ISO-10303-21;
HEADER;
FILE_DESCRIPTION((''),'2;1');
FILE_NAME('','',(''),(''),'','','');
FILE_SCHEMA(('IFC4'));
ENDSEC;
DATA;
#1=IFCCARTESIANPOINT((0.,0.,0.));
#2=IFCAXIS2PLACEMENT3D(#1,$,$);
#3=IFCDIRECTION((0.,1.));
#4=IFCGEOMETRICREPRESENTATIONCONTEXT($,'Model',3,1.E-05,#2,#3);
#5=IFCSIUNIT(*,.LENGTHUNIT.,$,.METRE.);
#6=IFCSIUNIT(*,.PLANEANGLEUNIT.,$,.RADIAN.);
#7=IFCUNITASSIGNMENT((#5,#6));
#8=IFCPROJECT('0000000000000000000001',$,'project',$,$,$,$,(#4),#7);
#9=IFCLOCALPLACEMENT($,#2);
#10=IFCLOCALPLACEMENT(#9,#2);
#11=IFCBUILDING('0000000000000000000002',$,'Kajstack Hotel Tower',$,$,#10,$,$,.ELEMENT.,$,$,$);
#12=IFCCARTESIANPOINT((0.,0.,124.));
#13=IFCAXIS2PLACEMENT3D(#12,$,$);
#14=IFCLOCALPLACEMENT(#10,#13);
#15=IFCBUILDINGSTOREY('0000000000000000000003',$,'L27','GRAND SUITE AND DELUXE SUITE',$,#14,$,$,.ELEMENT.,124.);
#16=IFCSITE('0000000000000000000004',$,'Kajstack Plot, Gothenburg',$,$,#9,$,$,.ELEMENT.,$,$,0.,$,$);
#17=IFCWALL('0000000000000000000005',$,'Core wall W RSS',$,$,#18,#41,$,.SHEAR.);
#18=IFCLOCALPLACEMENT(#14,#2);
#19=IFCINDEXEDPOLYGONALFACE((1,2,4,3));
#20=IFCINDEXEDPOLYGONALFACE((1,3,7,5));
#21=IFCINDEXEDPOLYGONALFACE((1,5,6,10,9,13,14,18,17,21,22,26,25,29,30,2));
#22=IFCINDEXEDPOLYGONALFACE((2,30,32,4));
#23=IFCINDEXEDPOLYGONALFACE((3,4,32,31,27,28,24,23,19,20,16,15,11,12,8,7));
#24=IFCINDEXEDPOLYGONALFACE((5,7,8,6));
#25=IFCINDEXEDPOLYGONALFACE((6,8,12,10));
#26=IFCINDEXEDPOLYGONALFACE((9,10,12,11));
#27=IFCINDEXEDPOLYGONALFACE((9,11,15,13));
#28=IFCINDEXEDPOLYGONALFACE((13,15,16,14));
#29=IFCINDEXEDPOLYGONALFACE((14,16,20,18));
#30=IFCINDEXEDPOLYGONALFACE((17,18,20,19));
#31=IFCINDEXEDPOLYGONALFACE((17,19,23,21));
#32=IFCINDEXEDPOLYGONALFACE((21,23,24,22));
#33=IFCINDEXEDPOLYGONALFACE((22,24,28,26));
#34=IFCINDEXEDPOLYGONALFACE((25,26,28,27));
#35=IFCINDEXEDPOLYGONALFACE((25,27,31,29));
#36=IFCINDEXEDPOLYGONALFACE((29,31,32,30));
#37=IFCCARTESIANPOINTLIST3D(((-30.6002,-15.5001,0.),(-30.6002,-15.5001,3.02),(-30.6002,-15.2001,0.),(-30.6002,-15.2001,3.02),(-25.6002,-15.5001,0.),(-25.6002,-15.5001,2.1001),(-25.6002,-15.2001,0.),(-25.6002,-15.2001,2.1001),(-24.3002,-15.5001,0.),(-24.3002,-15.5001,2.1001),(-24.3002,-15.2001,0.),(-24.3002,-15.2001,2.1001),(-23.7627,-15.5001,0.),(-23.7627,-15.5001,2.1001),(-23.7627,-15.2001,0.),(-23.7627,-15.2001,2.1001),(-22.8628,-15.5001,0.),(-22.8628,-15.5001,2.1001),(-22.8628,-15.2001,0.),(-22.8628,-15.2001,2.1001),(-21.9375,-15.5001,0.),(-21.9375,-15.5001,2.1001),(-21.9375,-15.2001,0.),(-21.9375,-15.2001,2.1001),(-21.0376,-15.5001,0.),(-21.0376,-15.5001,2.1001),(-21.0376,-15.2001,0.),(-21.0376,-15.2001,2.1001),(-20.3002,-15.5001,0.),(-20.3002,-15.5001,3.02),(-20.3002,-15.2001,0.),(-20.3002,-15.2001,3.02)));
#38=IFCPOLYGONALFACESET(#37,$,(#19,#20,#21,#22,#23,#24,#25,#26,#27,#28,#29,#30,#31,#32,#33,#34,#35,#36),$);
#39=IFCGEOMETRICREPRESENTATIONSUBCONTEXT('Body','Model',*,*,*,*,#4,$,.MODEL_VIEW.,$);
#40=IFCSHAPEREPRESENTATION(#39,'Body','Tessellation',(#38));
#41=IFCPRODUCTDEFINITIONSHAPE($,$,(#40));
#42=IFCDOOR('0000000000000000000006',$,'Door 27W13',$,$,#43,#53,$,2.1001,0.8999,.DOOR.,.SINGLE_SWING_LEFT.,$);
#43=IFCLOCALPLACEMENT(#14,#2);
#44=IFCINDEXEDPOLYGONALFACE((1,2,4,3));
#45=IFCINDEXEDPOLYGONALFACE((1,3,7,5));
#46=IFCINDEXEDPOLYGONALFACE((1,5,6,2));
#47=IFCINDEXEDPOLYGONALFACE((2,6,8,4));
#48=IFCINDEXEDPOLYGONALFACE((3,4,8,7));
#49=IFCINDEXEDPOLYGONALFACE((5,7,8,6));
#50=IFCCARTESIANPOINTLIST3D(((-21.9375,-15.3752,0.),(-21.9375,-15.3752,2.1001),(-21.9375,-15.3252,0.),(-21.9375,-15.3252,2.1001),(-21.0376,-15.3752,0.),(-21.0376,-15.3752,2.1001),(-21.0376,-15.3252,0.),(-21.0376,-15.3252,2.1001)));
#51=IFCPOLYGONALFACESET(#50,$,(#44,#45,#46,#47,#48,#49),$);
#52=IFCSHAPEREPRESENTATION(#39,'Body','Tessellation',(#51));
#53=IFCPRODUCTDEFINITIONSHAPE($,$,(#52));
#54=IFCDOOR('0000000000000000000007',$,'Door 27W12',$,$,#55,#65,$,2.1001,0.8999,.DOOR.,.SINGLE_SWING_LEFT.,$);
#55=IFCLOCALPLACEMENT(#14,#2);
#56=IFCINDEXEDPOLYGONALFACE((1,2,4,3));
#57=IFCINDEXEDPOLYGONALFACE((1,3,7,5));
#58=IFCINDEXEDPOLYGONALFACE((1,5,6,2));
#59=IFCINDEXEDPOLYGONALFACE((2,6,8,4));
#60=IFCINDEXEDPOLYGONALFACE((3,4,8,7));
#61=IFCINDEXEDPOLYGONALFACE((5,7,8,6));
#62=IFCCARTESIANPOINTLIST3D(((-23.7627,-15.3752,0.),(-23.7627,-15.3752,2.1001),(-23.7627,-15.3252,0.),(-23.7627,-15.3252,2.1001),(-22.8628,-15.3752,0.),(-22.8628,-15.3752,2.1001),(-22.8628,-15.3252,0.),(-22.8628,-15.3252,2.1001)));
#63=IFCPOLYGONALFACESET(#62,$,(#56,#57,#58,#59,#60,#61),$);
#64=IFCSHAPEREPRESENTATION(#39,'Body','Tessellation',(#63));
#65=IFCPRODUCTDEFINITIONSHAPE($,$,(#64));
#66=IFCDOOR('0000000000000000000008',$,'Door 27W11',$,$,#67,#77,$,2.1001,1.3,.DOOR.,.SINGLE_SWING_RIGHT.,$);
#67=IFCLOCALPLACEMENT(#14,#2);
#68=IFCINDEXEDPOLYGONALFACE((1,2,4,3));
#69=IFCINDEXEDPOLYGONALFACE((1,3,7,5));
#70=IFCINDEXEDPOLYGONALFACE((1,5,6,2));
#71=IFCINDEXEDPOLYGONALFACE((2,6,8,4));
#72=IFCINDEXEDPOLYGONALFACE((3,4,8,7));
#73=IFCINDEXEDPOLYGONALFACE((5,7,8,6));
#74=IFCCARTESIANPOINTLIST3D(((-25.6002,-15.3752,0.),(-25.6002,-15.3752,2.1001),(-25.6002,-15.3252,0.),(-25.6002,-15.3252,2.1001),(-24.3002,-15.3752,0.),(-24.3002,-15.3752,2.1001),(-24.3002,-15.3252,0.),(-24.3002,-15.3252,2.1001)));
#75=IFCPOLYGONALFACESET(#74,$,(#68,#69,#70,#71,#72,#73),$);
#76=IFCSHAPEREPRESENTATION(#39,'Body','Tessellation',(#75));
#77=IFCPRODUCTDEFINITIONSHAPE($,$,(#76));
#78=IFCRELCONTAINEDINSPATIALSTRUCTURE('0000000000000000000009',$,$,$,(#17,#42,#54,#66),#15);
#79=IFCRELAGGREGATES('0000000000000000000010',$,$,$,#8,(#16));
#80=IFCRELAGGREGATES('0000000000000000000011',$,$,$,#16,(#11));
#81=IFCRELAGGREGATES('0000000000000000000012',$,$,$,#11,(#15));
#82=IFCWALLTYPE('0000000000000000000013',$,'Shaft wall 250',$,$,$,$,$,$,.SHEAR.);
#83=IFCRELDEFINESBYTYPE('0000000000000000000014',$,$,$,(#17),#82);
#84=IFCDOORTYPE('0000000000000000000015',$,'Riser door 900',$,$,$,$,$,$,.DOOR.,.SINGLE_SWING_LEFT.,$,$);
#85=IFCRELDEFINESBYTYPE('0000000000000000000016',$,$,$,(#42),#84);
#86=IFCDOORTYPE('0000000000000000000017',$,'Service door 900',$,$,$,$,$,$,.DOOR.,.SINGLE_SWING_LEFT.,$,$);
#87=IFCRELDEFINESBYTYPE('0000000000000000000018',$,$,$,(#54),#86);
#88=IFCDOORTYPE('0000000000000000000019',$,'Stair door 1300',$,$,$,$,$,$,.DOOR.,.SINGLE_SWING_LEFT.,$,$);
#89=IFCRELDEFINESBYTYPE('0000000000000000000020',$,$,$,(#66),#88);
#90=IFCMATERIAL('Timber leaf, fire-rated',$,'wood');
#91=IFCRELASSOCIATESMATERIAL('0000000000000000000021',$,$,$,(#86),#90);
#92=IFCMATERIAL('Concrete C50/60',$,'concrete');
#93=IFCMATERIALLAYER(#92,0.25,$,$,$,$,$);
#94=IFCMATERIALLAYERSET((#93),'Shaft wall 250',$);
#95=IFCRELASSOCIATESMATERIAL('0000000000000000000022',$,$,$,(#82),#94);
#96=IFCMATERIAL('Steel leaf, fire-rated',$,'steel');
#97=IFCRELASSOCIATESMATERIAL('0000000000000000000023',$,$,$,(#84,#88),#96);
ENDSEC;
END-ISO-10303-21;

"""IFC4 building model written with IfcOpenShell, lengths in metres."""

from ifc_helpers import new_model, si_unit, direction, frame, frame_2d, origin, place, context, subcontext, project, spatial, rectangle, extrude, material, layer, layer_set, type_object, element, fill, save


model = new_model("IFC4")

# Units and contexts
model_context = context("Model", 3, precision=1e-05, world=origin(), true_north=direction((0.0, 1.0)))
body_context = subcontext(model_context, "Body", "Model", "MODEL_VIEW")
ifc_project = project(units=[si_unit("LENGTHUNIT", "METRE"), si_unit("PLANEANGLEUNIT", "RADIAN")], contexts=[model_context])

# Site, building, storey
site_placement = place(None, origin())
site = spatial("IfcSite", under=ifc_project, at=site_placement, Name="Kajstack Plot, Gothenburg", CompositionType="ELEMENT", RefElevation=0.0)
building_placement = place(site_placement, origin())
building = spatial("IfcBuilding", under=site, at=building_placement, Name="Kajstack Hotel Tower", CompositionType="ELEMENT")
storey_placement = place(building_placement, frame((0.0, 0.0, 124.0)))
storey = spatial("IfcBuildingStorey", under=building, at=storey_placement, Name="L27", Description="GRAND SUITE AND DELUXE SUITE", CompositionType="ELEMENT", Elevation=124.0)

# Shared definitions
ifc_material_1 = material(Name="Timber leaf, fire-rated", Category="wood")
door_type_1 = type_object("IfcDoorType", Name="Service door 900", OperationType="SINGLE_SWING_LEFT", PredefinedType="DOOR", material=ifc_material_1)

# Wall, openings, doors
ifc_material_2 = material(Name="Concrete C50/60", Category="concrete")
ifc_layer_1 = layer(ifc_material_2, 0.25)
ifc_layer_set_1 = layer_set([ifc_layer_1], Name="Shaft wall 250")
wall_type_1 = type_object("IfcWallType", Name="Shaft wall 250", PredefinedType="SHEAR", material=ifc_layer_set_1)
wall_1_placement = place(storey_placement, frame((-30.6001, -15.3501, 0.0), z_axis=(0.0, 0.0, 1.0), x_axis=(1.0, 0.0, 0.0)))
wall_1 = element("IfcWall", 1, at=wall_1_placement, inside=storey, type_object=wall_type_1, Name="Core wall W RSS", PredefinedType="SHEAR", context=body_context, shape_type="SweptSolid", body=[
    extrude(rectangle(XDim=10.3, YDim=0.3, at=frame_2d((5.1499, 0.0))), origin(), (0.0, 0.0, 1.0), 3.02),
])
opening_1_placement = place(wall_1_placement, frame((5.0, 0.0, 0.0)))
opening_1 = element("IfcOpeningElement", 2, at=opening_1_placement, cuts=wall_1, PredefinedType="OPENING", context=body_context, shape_type="SweptSolid", body=[
    extrude(rectangle(XDim=1.3, YDim=2.1001, at=frame_2d((0.6499, 1.05))), frame((0.0, 0.1599, 0.0), z_axis=(0.0, -1.0, 0.0), x_axis=(1.0, 0.0, 0.0)), (0.0, 0.0, 1.0), 0.3201),
])
opening_2_placement = place(wall_1_placement, frame((6.8374, 0.0, 0.0)))
opening_2 = element("IfcOpeningElement", 3, at=opening_2_placement, cuts=wall_1, PredefinedType="OPENING", context=body_context, shape_type="SweptSolid", body=[
    extrude(rectangle(XDim=0.8999, YDim=2.1001, at=frame_2d((0.45, 1.05))), frame((0.0, 0.1599, 0.0), z_axis=(0.0, -1.0, 0.0), x_axis=(1.0, 0.0, 0.0)), (0.0, 0.0, 1.0), 0.3201),
])
opening_3_placement = place(wall_1_placement, frame((8.6626, 0.0, 0.0)))
opening_3 = element("IfcOpeningElement", 4, at=opening_3_placement, cuts=wall_1, PredefinedType="OPENING", context=body_context, shape_type="SweptSolid", body=[
    extrude(rectangle(XDim=0.8999, YDim=2.1001, at=frame_2d((0.45, 1.05))), frame((0.0, 0.1599, 0.0), z_axis=(0.0, -1.0, 0.0), x_axis=(1.0, 0.0, 0.0)), (0.0, 0.0, 1.0), 0.3201),
])
ifc_material_3 = material(Name="Steel leaf, fire-rated", Category="steel")
door_type_2 = type_object("IfcDoorType", Name="Riser door 900", OperationType="SINGLE_SWING_LEFT", PredefinedType="DOOR", material=ifc_material_3)
door_1_placement = place(opening_3_placement, origin())
door_1 = element("IfcDoor", 5, at=door_1_placement, inside=storey, type_object=door_type_2, Name="Door 27W13", OperationType="SINGLE_SWING_LEFT", OverallHeight=2.1001, OverallWidth=0.8999, PredefinedType="DOOR", context=body_context, shape_type="SweptSolid", body=[
    extrude(rectangle(XDim=0.8999, YDim=2.1001, at=frame_2d((0.45, 1.05))), frame((0.0, 0.0249, 0.0), z_axis=(0.0, -1.0, 0.0), x_axis=(1.0, 0.0, 0.0)), (0.0, 0.0, 1.0), 0.05),
])
fill(opening_3, door_1)
door_2_placement = place(opening_2_placement, origin())
door_2 = element("IfcDoor", 6, at=door_2_placement, inside=storey, type_object=door_type_1, Name="Door 27W12", OperationType="SINGLE_SWING_LEFT", OverallHeight=2.1001, OverallWidth=0.8999, PredefinedType="DOOR", context=body_context, shape_type="SweptSolid", body=[
    extrude(rectangle(XDim=0.8999, YDim=2.1001, at=frame_2d((0.45, 1.05))), frame((0.0, 0.0249, 0.0), z_axis=(0.0, -1.0, 0.0), x_axis=(1.0, 0.0, 0.0)), (0.0, 0.0, 1.0), 0.05),
])
fill(opening_2, door_2)
door_type_3 = type_object("IfcDoorType", Name="Stair door 1300", OperationType="SINGLE_SWING_LEFT", PredefinedType="DOOR", material=ifc_material_3)
door_3_placement = place(opening_1_placement, origin())
door_3 = element("IfcDoor", 7, at=door_3_placement, inside=storey, type_object=door_type_3, Name="Door 27W11", OperationType="SINGLE_SWING_RIGHT", OverallHeight=2.1001, OverallWidth=1.3, PredefinedType="DOOR", context=body_context, shape_type="SweptSolid", body=[
    extrude(rectangle(XDim=1.3, YDim=2.1001, at=frame_2d((0.6499, 1.05))), frame((0.0, 0.0249, 0.0), z_axis=(0.0, -1.0, 0.0), x_axis=(1.0, 0.0, 0.0)), (0.0, 0.0, 1.0), 0.05),
])
fill(opening_1, door_3)

save(model, "model.ifc")
